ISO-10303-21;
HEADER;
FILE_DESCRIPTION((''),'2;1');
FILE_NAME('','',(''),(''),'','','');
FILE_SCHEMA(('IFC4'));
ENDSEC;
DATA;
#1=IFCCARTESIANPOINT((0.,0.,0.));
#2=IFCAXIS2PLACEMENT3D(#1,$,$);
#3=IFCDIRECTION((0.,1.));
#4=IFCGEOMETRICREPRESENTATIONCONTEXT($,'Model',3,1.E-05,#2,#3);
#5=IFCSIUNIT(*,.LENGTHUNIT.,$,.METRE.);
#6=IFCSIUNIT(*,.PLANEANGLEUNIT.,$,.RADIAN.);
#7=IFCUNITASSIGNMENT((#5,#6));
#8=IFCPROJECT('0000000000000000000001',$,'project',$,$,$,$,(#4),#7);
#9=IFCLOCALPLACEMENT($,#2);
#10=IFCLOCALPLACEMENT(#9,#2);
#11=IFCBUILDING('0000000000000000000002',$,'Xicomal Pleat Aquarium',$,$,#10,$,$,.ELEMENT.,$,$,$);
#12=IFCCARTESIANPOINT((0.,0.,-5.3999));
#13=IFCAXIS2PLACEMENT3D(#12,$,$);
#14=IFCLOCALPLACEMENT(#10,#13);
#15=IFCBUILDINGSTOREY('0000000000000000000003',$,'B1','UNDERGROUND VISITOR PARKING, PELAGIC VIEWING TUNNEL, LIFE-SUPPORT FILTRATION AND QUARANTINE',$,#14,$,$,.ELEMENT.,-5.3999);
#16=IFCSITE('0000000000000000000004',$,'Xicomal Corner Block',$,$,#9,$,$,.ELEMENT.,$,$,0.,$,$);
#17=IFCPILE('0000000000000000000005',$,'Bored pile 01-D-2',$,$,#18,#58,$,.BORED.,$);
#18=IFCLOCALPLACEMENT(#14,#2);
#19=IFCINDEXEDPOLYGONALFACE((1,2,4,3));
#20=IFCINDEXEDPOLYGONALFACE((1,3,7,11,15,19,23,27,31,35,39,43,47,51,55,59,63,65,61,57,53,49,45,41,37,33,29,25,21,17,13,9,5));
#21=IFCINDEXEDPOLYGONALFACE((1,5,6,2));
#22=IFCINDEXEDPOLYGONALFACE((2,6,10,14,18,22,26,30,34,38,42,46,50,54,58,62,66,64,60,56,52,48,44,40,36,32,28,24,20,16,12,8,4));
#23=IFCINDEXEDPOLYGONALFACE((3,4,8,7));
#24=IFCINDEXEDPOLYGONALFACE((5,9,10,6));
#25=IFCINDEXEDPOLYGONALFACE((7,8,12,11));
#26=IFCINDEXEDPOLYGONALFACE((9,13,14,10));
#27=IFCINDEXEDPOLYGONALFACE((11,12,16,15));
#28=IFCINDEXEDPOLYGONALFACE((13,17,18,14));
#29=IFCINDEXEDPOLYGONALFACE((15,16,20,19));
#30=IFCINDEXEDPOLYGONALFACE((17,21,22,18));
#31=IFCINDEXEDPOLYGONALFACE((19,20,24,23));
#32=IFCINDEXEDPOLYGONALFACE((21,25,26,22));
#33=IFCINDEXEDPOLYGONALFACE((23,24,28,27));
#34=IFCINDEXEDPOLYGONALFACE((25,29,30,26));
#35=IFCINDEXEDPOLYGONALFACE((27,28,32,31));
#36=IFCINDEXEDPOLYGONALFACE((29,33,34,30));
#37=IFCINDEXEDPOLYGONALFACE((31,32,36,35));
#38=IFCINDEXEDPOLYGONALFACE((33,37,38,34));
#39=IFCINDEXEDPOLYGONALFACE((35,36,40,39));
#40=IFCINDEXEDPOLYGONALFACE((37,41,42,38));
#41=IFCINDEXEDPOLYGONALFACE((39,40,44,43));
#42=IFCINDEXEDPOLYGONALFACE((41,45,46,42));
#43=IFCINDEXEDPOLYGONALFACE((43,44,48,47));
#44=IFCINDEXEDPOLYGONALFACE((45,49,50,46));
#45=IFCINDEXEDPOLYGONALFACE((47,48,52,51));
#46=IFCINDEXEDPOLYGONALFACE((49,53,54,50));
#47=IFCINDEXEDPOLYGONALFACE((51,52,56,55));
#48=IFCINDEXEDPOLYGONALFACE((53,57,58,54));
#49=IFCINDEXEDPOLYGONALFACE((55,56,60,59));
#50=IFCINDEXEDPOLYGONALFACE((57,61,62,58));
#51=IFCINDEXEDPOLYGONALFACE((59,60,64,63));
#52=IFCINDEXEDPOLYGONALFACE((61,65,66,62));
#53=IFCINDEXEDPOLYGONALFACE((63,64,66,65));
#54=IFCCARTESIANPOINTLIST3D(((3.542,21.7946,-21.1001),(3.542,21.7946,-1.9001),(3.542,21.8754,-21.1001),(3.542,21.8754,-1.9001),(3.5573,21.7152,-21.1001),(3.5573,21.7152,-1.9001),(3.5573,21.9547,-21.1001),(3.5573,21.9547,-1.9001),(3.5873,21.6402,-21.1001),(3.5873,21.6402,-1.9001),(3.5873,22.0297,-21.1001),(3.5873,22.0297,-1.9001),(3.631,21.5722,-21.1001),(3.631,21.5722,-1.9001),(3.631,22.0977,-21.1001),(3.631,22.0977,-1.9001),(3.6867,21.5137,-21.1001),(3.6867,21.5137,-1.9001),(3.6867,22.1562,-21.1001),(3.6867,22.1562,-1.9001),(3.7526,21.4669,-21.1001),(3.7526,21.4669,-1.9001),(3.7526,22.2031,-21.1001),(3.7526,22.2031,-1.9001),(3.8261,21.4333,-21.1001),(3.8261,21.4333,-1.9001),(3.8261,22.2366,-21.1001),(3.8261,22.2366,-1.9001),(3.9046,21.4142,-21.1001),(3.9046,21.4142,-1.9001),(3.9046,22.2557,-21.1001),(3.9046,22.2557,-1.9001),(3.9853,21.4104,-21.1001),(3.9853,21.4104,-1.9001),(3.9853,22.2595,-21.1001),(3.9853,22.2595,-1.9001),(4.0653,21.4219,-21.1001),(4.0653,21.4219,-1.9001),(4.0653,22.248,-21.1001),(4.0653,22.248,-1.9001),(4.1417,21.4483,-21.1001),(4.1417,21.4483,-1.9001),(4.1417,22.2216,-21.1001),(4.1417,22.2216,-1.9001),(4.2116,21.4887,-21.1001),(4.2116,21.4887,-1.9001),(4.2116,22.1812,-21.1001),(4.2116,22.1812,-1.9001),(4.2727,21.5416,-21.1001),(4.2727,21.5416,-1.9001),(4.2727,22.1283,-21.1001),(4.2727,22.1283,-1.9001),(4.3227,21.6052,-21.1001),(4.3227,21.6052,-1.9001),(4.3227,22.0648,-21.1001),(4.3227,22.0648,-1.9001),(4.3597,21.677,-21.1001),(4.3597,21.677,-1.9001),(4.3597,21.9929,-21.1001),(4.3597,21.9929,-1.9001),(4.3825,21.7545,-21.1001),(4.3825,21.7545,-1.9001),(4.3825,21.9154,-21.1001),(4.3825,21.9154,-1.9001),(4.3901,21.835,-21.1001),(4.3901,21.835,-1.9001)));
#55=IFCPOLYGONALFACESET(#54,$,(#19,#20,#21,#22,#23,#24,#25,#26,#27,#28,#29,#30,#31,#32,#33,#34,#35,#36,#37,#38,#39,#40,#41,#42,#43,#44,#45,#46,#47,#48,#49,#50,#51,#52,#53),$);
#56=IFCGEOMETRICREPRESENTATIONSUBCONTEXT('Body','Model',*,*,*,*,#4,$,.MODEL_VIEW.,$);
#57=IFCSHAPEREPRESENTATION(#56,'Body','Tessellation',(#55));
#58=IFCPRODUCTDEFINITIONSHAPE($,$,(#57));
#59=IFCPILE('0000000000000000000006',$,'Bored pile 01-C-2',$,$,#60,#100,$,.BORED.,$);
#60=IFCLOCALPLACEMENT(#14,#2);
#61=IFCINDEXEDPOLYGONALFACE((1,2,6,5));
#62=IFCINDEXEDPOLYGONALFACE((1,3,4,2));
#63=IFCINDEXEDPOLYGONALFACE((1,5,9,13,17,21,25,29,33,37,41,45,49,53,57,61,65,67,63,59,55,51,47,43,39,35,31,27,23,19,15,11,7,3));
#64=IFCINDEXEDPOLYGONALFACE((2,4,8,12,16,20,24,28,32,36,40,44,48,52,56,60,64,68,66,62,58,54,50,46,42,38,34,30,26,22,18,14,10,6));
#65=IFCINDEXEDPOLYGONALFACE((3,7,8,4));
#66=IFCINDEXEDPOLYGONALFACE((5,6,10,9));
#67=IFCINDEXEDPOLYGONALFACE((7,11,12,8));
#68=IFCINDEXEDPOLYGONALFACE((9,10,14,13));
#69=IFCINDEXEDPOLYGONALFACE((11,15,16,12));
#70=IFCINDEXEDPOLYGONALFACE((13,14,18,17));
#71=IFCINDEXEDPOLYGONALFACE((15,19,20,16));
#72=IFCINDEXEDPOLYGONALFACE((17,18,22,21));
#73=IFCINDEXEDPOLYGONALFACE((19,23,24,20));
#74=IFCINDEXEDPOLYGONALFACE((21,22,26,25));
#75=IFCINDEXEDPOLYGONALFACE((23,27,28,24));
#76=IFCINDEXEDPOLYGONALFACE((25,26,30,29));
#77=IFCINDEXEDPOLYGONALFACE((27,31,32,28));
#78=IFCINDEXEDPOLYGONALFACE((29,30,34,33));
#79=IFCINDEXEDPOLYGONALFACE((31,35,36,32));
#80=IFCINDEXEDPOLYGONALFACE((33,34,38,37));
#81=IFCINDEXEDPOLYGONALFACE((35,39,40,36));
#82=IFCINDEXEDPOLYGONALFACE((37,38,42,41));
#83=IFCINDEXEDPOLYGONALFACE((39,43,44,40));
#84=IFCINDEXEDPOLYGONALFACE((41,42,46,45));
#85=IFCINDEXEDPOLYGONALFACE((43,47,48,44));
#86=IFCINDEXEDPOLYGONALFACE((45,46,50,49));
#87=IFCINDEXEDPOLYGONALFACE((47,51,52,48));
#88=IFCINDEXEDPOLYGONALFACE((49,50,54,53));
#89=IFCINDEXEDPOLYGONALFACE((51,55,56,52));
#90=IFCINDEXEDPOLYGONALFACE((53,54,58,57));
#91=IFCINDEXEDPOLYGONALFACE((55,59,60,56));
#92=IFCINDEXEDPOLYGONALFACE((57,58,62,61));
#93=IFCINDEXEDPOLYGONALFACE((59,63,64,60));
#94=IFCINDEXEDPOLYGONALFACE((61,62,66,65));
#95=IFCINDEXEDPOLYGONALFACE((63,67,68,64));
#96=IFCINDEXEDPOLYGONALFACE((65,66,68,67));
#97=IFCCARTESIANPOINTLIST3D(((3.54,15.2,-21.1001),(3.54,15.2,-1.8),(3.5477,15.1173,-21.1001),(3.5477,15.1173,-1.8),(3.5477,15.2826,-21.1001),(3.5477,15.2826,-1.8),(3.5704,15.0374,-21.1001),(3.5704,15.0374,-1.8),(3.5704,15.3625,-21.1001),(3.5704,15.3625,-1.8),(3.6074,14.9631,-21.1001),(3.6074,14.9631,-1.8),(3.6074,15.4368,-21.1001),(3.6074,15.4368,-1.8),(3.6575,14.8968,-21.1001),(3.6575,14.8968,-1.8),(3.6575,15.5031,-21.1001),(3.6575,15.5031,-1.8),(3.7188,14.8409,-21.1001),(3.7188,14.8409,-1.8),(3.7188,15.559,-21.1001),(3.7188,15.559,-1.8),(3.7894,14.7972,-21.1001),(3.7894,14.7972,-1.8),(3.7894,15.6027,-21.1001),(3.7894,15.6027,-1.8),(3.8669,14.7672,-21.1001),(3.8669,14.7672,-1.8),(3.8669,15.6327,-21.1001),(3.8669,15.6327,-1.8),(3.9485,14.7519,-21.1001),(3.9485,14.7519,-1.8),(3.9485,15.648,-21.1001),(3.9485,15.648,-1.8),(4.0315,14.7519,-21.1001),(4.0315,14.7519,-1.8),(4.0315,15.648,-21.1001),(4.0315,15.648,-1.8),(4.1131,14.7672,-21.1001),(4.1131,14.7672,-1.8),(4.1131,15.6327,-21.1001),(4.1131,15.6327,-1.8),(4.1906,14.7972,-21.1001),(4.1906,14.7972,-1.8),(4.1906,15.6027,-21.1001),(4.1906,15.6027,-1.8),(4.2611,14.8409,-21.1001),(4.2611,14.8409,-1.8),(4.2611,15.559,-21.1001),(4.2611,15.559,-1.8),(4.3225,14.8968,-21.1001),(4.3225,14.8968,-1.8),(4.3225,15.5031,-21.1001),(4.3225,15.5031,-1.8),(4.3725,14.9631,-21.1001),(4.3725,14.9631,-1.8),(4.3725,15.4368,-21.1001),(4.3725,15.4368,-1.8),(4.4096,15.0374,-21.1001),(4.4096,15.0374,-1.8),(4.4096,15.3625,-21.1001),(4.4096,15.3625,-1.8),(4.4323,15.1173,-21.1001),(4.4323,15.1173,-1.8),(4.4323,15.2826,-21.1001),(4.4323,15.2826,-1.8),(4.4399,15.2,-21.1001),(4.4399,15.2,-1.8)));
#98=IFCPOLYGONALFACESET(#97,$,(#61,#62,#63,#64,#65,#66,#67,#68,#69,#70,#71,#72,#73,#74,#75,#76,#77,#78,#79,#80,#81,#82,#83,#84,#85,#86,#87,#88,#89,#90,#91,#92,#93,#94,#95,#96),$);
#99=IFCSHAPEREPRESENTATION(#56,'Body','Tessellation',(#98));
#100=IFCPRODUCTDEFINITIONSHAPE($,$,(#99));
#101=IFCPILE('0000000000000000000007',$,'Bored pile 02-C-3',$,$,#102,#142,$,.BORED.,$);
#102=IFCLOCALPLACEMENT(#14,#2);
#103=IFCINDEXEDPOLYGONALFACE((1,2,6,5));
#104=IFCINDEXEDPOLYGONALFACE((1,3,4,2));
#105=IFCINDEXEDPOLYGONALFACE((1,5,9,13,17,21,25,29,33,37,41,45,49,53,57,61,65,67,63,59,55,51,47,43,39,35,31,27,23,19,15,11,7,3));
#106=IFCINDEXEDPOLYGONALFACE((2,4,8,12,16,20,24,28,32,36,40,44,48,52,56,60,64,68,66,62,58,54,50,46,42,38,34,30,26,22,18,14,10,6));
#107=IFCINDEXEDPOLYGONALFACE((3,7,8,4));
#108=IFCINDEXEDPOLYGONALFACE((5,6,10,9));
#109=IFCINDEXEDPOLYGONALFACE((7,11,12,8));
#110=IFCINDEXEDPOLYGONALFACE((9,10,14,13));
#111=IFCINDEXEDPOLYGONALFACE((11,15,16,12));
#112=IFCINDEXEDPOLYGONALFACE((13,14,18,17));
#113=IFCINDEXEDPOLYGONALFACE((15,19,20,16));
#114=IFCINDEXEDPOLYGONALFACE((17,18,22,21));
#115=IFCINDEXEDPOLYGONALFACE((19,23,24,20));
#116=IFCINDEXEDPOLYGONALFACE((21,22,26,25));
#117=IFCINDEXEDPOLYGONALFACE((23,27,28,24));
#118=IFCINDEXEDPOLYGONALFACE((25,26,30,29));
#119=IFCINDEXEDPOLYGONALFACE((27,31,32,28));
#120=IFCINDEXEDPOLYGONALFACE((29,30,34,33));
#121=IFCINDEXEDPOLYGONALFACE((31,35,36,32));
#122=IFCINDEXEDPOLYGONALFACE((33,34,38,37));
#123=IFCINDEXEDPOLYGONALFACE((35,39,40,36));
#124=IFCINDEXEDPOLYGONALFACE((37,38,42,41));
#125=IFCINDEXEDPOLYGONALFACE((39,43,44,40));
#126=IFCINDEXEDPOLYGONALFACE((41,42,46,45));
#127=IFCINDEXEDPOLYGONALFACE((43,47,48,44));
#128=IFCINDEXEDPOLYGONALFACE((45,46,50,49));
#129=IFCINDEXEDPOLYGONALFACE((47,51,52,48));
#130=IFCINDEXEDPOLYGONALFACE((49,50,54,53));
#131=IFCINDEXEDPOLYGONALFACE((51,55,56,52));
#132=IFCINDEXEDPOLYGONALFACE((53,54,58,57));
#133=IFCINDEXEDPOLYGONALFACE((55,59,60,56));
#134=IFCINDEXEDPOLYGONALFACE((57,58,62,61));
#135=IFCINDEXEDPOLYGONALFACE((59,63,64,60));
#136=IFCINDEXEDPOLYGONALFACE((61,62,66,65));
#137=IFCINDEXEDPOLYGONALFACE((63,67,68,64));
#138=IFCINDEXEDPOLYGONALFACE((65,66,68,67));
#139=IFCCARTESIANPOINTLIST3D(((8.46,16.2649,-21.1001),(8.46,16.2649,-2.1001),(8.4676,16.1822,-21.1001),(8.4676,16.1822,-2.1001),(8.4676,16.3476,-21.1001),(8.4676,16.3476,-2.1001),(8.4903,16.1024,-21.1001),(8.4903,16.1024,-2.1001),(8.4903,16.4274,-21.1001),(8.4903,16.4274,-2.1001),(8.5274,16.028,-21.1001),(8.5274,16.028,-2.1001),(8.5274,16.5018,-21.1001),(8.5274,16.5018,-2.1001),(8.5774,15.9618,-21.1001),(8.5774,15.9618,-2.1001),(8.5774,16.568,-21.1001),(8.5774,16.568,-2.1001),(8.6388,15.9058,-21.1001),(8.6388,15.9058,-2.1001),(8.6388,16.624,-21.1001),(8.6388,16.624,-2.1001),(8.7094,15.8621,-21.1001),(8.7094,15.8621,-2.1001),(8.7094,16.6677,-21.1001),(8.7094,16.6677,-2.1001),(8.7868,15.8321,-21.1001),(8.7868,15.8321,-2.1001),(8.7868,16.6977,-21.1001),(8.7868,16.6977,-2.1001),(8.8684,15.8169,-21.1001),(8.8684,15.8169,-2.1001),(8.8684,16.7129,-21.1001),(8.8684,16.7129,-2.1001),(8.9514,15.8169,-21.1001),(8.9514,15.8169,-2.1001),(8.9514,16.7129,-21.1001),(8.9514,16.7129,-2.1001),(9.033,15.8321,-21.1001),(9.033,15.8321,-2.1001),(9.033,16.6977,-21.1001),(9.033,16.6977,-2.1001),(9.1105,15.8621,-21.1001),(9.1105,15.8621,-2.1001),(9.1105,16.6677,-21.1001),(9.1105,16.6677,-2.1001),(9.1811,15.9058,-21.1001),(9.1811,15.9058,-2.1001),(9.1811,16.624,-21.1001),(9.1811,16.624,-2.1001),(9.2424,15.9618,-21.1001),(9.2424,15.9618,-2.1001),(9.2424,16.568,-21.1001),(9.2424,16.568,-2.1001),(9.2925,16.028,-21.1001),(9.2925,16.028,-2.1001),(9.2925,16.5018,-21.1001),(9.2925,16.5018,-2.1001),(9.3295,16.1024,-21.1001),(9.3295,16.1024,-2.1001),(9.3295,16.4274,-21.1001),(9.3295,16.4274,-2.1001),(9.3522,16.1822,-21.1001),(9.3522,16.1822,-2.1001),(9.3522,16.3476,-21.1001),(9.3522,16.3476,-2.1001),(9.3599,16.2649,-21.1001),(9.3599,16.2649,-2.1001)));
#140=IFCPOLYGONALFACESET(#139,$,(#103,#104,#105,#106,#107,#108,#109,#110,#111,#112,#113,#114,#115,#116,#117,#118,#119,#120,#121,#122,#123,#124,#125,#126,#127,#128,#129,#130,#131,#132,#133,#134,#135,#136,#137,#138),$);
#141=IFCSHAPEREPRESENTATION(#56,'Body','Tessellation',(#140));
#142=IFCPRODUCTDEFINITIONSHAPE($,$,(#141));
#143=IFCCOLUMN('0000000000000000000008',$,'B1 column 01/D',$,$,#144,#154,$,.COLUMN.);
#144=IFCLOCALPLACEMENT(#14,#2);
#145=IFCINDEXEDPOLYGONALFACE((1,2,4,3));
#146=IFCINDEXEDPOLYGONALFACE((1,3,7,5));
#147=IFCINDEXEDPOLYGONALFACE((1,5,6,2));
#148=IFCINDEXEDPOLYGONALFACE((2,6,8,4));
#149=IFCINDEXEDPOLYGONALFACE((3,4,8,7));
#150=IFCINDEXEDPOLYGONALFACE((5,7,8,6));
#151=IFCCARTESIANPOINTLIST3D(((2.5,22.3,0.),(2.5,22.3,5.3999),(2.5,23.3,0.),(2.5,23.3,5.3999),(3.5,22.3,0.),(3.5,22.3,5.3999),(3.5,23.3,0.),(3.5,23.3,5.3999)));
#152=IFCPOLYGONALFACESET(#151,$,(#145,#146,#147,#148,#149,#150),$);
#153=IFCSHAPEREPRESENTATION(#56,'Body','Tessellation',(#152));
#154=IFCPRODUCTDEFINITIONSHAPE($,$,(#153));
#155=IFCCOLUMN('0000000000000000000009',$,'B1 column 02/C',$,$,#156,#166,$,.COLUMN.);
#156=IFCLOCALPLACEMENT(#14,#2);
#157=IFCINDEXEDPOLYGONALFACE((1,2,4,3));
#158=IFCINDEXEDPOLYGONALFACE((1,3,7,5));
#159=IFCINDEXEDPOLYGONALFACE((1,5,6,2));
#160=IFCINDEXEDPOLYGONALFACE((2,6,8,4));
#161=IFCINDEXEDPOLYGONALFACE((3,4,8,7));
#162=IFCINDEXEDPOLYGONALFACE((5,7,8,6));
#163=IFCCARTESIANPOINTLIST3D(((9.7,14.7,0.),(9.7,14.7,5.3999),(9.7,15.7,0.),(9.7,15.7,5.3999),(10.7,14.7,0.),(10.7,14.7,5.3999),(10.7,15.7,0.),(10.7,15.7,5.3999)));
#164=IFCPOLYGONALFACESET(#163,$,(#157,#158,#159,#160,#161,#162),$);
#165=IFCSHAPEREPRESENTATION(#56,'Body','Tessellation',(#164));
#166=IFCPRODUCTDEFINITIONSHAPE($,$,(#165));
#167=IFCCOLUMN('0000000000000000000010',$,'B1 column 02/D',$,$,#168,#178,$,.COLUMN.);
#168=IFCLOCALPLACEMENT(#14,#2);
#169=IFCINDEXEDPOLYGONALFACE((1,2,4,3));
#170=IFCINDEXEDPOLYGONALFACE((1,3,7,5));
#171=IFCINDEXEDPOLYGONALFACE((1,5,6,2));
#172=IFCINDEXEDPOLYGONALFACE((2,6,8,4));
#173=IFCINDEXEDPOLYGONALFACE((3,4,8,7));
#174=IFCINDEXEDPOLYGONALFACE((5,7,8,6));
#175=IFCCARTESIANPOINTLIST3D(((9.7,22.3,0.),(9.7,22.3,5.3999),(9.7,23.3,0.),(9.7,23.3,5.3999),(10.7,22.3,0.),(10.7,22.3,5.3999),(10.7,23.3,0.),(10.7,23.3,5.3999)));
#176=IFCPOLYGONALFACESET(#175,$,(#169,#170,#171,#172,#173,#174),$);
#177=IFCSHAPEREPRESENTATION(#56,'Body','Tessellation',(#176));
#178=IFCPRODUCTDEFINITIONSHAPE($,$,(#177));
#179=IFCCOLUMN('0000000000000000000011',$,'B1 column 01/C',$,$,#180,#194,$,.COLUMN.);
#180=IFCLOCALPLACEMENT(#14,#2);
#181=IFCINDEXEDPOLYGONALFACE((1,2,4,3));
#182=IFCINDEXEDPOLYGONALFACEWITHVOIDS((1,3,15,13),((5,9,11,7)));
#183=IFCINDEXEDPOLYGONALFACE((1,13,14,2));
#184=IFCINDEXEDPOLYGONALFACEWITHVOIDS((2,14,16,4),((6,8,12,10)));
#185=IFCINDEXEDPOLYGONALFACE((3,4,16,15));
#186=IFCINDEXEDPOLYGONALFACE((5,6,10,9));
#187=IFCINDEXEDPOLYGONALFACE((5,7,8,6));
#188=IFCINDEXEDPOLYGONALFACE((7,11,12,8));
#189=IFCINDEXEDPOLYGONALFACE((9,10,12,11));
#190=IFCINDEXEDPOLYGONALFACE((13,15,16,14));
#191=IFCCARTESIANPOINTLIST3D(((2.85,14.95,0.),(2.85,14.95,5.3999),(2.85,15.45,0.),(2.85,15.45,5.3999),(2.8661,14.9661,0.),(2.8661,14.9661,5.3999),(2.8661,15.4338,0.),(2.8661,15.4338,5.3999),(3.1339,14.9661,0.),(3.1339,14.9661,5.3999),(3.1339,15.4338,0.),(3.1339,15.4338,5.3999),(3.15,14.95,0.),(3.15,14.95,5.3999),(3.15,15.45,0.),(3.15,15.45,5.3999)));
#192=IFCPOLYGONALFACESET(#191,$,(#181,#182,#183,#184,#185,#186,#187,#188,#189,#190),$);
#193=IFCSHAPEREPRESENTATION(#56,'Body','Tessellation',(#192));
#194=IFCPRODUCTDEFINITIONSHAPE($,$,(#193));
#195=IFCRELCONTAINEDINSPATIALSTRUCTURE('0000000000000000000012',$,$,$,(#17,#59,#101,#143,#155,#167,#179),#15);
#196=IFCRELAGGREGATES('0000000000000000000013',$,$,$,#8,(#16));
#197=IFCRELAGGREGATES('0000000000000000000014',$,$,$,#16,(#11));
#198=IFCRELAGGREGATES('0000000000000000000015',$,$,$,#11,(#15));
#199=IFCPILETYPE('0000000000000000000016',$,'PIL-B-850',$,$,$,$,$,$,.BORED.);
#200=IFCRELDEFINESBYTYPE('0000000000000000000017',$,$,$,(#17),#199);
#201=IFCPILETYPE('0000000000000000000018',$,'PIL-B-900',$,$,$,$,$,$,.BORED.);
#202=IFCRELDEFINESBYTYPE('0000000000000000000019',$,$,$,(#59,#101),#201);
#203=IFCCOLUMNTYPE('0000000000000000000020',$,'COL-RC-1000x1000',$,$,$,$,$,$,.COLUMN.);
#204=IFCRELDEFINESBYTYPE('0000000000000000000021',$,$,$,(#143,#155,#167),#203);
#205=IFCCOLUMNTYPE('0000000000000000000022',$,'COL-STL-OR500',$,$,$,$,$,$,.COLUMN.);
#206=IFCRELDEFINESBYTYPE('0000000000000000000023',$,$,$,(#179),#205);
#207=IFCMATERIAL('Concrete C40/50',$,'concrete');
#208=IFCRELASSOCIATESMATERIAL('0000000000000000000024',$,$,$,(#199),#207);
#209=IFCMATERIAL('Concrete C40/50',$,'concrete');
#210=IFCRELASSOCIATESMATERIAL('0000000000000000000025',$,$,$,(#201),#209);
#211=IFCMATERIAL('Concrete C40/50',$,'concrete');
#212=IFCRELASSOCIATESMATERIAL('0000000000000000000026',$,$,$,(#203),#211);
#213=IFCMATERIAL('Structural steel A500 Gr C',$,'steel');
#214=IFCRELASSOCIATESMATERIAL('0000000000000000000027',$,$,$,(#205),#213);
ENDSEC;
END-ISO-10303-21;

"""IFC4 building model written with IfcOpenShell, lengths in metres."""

from ifc_helpers import new_model, si_unit, direction, frame, origin, origin_2d, place, context, subcontext, project, spatial, rectangle, hollow_rectangle, circle, extrude, material, material_profile, profile_set, type_object, element, save


model = new_model("IFC4")

# Units and contexts
model_context = context("Model", 3, precision=1e-05, world=origin(), true_north=direction((0.0, 1.0)))
body_context = subcontext(model_context, "Body", "Model", "MODEL_VIEW")
ifc_project = project(units=[si_unit("LENGTHUNIT", "METRE"), si_unit("PLANEANGLEUNIT", "RADIAN")], contexts=[model_context])

# Site, building, storey
site_placement = place(None, origin())
site = spatial("IfcSite", under=ifc_project, at=site_placement, Name="Xicomal Corner Block", CompositionType="ELEMENT", RefElevation=0.0)
building_placement = place(site_placement, origin())
building = spatial("IfcBuilding", under=site, at=building_placement, Name="Xicomal Pleat Aquarium", CompositionType="ELEMENT")
storey_placement = place(building_placement, frame((0.0, 0.0, -5.3999)))
storey = spatial("IfcBuildingStorey", under=building, at=storey_placement, Name="B1", Description="UNDERGROUND VISITOR PARKING, PELAGIC VIEWING TUNNEL, LIFE-SUPPORT FILTRATION AND QUARANTINE", CompositionType="ELEMENT", Elevation=-5.3999)

# Piles
ifc_material_1 = material(Name="Concrete C40/50", Category="concrete")
ifc_material_profile_1 = material_profile(ifc_material_1, circle(Radius=0.425, at=origin_2d()), Name="BORED PILE D850")
ifc_profile_set_1 = profile_set([ifc_material_profile_1], Name="Concrete C40/50")
pile_type_1 = type_object("IfcPileType", Name="PIL-B-850", PredefinedType="BORED", material=ifc_profile_set_1)
for number, where, z_axis, x_axis, name in (
    (1, (3.9651, 21.835, -1.9001), (0.0, 0.0, -1.0), (1.0, 0.0, 0.0), "Bored pile 01-D-2"),
):
    element("IfcPile", number, at=place(storey_placement, frame(where, z_axis=z_axis, x_axis=x_axis)), inside=storey, type_object=pile_type_1, Name=name, PredefinedType="BORED", context=body_context, shape_type="SweptSolid", body=[
        extrude(circle(Radius=0.425, at=origin_2d()), origin(), (0.0, 0.0, 1.0), 19.2),
    ])
ifc_material_2 = material(Name="Concrete C40/50", Category="concrete")
ifc_material_profile_2 = material_profile(ifc_material_2, circle(Radius=0.45, at=origin_2d()), Name="BORED PILE D900")
ifc_profile_set_2 = profile_set([ifc_material_profile_2], Name="Concrete C40/50")
pile_type_2 = type_object("IfcPileType", Name="PIL-B-900", PredefinedType="BORED", material=ifc_profile_set_2)
pile_1_placement = place(storey_placement, frame((3.99, 15.2, -1.8), z_axis=(0.0, 0.0, -1.0), x_axis=(1.0, 0.0, 0.0)))
element("IfcPile", 2, at=pile_1_placement, inside=storey, type_object=pile_type_2, Name="Bored pile 01-C-2", PredefinedType="BORED", context=body_context, shape_type="SweptSolid", body=[
    extrude(circle(Radius=0.45, at=origin_2d()), origin(), (0.0, 0.0, 1.0), 19.3),
])
pile_2_placement = place(storey_placement, frame((8.9099, 16.2649, -2.1001), z_axis=(0.0, 0.0, -1.0), x_axis=(1.0, 0.0, 0.0)))
element("IfcPile", 3, at=pile_2_placement, inside=storey, type_object=pile_type_2, Name="Bored pile 02-C-3", PredefinedType="BORED", context=body_context, shape_type="SweptSolid", body=[
    extrude(circle(Radius=0.45, at=origin_2d()), origin(), (0.0, 0.0, 1.0), 19.0),
])

# Columns
ifc_material_3 = material(Name="Concrete C40/50", Category="concrete")
ifc_material_profile_3 = material_profile(ifc_material_3, rectangle(XDim=1.0, YDim=1.0, at=origin_2d()), Name="RC 1000x1000")
ifc_profile_set_3 = profile_set([ifc_material_profile_3], Name="Concrete C40/50")
column_type_1 = type_object("IfcColumnType", Name="COL-RC-1000x1000", PredefinedType="COLUMN", material=ifc_profile_set_3)
for number, where, z_axis, x_axis, name in (
    (4, (3.0, 22.8, 0.0), (0.0, 0.0, 1.0), (1.0, 0.0, 0.0), "B1 column 01/D"),
    (5, (10.2, 15.2, 0.0), (0.0, 0.0, 1.0), (1.0, 0.0, 0.0), "B1 column 02/C"),
    (6, (10.2, 22.8, 0.0), (0.0, 0.0, 1.0), (1.0, 0.0, 0.0), "B1 column 02/D"),
):
    element("IfcColumn", number, at=place(storey_placement, frame(where, z_axis=z_axis, x_axis=x_axis)), inside=storey, type_object=column_type_1, Name=name, PredefinedType="COLUMN", context=body_context, shape_type="SweptSolid", body=[
        extrude(rectangle(XDim=1.0, YDim=1.0, at=origin_2d()), origin(), (0.0, 0.0, 1.0), 5.3999),
    ])
ifc_material_4 = material(Name="Structural steel A500 Gr C", Category="steel")
ifc_material_profile_4 = material_profile(ifc_material_4, hollow_rectangle(XDim=0.3, YDim=0.5, WallThickness=0.0161, at=origin_2d()), Name="OR 500x300x16")
ifc_profile_set_4 = profile_set([ifc_material_profile_4], Name="Structural steel A500 Gr C")
column_type_2 = type_object("IfcColumnType", Name="COL-STL-OR500", PredefinedType="COLUMN", material=ifc_profile_set_4)
column_placement = place(storey_placement, frame((3.0, 15.2, 0.0), z_axis=(0.0, 0.0, 1.0), x_axis=(1.0, 0.0, 0.0)))
element("IfcColumn", 7, at=column_placement, inside=storey, type_object=column_type_2, Name="B1 column 01/C", PredefinedType="COLUMN", context=body_context, shape_type="SweptSolid", body=[
    extrude(hollow_rectangle(XDim=0.3, YDim=0.5, WallThickness=0.0161, at=origin_2d()), origin(), (0.0, 0.0, 1.0), 5.3999),
])

save(model, "model.ifc")
